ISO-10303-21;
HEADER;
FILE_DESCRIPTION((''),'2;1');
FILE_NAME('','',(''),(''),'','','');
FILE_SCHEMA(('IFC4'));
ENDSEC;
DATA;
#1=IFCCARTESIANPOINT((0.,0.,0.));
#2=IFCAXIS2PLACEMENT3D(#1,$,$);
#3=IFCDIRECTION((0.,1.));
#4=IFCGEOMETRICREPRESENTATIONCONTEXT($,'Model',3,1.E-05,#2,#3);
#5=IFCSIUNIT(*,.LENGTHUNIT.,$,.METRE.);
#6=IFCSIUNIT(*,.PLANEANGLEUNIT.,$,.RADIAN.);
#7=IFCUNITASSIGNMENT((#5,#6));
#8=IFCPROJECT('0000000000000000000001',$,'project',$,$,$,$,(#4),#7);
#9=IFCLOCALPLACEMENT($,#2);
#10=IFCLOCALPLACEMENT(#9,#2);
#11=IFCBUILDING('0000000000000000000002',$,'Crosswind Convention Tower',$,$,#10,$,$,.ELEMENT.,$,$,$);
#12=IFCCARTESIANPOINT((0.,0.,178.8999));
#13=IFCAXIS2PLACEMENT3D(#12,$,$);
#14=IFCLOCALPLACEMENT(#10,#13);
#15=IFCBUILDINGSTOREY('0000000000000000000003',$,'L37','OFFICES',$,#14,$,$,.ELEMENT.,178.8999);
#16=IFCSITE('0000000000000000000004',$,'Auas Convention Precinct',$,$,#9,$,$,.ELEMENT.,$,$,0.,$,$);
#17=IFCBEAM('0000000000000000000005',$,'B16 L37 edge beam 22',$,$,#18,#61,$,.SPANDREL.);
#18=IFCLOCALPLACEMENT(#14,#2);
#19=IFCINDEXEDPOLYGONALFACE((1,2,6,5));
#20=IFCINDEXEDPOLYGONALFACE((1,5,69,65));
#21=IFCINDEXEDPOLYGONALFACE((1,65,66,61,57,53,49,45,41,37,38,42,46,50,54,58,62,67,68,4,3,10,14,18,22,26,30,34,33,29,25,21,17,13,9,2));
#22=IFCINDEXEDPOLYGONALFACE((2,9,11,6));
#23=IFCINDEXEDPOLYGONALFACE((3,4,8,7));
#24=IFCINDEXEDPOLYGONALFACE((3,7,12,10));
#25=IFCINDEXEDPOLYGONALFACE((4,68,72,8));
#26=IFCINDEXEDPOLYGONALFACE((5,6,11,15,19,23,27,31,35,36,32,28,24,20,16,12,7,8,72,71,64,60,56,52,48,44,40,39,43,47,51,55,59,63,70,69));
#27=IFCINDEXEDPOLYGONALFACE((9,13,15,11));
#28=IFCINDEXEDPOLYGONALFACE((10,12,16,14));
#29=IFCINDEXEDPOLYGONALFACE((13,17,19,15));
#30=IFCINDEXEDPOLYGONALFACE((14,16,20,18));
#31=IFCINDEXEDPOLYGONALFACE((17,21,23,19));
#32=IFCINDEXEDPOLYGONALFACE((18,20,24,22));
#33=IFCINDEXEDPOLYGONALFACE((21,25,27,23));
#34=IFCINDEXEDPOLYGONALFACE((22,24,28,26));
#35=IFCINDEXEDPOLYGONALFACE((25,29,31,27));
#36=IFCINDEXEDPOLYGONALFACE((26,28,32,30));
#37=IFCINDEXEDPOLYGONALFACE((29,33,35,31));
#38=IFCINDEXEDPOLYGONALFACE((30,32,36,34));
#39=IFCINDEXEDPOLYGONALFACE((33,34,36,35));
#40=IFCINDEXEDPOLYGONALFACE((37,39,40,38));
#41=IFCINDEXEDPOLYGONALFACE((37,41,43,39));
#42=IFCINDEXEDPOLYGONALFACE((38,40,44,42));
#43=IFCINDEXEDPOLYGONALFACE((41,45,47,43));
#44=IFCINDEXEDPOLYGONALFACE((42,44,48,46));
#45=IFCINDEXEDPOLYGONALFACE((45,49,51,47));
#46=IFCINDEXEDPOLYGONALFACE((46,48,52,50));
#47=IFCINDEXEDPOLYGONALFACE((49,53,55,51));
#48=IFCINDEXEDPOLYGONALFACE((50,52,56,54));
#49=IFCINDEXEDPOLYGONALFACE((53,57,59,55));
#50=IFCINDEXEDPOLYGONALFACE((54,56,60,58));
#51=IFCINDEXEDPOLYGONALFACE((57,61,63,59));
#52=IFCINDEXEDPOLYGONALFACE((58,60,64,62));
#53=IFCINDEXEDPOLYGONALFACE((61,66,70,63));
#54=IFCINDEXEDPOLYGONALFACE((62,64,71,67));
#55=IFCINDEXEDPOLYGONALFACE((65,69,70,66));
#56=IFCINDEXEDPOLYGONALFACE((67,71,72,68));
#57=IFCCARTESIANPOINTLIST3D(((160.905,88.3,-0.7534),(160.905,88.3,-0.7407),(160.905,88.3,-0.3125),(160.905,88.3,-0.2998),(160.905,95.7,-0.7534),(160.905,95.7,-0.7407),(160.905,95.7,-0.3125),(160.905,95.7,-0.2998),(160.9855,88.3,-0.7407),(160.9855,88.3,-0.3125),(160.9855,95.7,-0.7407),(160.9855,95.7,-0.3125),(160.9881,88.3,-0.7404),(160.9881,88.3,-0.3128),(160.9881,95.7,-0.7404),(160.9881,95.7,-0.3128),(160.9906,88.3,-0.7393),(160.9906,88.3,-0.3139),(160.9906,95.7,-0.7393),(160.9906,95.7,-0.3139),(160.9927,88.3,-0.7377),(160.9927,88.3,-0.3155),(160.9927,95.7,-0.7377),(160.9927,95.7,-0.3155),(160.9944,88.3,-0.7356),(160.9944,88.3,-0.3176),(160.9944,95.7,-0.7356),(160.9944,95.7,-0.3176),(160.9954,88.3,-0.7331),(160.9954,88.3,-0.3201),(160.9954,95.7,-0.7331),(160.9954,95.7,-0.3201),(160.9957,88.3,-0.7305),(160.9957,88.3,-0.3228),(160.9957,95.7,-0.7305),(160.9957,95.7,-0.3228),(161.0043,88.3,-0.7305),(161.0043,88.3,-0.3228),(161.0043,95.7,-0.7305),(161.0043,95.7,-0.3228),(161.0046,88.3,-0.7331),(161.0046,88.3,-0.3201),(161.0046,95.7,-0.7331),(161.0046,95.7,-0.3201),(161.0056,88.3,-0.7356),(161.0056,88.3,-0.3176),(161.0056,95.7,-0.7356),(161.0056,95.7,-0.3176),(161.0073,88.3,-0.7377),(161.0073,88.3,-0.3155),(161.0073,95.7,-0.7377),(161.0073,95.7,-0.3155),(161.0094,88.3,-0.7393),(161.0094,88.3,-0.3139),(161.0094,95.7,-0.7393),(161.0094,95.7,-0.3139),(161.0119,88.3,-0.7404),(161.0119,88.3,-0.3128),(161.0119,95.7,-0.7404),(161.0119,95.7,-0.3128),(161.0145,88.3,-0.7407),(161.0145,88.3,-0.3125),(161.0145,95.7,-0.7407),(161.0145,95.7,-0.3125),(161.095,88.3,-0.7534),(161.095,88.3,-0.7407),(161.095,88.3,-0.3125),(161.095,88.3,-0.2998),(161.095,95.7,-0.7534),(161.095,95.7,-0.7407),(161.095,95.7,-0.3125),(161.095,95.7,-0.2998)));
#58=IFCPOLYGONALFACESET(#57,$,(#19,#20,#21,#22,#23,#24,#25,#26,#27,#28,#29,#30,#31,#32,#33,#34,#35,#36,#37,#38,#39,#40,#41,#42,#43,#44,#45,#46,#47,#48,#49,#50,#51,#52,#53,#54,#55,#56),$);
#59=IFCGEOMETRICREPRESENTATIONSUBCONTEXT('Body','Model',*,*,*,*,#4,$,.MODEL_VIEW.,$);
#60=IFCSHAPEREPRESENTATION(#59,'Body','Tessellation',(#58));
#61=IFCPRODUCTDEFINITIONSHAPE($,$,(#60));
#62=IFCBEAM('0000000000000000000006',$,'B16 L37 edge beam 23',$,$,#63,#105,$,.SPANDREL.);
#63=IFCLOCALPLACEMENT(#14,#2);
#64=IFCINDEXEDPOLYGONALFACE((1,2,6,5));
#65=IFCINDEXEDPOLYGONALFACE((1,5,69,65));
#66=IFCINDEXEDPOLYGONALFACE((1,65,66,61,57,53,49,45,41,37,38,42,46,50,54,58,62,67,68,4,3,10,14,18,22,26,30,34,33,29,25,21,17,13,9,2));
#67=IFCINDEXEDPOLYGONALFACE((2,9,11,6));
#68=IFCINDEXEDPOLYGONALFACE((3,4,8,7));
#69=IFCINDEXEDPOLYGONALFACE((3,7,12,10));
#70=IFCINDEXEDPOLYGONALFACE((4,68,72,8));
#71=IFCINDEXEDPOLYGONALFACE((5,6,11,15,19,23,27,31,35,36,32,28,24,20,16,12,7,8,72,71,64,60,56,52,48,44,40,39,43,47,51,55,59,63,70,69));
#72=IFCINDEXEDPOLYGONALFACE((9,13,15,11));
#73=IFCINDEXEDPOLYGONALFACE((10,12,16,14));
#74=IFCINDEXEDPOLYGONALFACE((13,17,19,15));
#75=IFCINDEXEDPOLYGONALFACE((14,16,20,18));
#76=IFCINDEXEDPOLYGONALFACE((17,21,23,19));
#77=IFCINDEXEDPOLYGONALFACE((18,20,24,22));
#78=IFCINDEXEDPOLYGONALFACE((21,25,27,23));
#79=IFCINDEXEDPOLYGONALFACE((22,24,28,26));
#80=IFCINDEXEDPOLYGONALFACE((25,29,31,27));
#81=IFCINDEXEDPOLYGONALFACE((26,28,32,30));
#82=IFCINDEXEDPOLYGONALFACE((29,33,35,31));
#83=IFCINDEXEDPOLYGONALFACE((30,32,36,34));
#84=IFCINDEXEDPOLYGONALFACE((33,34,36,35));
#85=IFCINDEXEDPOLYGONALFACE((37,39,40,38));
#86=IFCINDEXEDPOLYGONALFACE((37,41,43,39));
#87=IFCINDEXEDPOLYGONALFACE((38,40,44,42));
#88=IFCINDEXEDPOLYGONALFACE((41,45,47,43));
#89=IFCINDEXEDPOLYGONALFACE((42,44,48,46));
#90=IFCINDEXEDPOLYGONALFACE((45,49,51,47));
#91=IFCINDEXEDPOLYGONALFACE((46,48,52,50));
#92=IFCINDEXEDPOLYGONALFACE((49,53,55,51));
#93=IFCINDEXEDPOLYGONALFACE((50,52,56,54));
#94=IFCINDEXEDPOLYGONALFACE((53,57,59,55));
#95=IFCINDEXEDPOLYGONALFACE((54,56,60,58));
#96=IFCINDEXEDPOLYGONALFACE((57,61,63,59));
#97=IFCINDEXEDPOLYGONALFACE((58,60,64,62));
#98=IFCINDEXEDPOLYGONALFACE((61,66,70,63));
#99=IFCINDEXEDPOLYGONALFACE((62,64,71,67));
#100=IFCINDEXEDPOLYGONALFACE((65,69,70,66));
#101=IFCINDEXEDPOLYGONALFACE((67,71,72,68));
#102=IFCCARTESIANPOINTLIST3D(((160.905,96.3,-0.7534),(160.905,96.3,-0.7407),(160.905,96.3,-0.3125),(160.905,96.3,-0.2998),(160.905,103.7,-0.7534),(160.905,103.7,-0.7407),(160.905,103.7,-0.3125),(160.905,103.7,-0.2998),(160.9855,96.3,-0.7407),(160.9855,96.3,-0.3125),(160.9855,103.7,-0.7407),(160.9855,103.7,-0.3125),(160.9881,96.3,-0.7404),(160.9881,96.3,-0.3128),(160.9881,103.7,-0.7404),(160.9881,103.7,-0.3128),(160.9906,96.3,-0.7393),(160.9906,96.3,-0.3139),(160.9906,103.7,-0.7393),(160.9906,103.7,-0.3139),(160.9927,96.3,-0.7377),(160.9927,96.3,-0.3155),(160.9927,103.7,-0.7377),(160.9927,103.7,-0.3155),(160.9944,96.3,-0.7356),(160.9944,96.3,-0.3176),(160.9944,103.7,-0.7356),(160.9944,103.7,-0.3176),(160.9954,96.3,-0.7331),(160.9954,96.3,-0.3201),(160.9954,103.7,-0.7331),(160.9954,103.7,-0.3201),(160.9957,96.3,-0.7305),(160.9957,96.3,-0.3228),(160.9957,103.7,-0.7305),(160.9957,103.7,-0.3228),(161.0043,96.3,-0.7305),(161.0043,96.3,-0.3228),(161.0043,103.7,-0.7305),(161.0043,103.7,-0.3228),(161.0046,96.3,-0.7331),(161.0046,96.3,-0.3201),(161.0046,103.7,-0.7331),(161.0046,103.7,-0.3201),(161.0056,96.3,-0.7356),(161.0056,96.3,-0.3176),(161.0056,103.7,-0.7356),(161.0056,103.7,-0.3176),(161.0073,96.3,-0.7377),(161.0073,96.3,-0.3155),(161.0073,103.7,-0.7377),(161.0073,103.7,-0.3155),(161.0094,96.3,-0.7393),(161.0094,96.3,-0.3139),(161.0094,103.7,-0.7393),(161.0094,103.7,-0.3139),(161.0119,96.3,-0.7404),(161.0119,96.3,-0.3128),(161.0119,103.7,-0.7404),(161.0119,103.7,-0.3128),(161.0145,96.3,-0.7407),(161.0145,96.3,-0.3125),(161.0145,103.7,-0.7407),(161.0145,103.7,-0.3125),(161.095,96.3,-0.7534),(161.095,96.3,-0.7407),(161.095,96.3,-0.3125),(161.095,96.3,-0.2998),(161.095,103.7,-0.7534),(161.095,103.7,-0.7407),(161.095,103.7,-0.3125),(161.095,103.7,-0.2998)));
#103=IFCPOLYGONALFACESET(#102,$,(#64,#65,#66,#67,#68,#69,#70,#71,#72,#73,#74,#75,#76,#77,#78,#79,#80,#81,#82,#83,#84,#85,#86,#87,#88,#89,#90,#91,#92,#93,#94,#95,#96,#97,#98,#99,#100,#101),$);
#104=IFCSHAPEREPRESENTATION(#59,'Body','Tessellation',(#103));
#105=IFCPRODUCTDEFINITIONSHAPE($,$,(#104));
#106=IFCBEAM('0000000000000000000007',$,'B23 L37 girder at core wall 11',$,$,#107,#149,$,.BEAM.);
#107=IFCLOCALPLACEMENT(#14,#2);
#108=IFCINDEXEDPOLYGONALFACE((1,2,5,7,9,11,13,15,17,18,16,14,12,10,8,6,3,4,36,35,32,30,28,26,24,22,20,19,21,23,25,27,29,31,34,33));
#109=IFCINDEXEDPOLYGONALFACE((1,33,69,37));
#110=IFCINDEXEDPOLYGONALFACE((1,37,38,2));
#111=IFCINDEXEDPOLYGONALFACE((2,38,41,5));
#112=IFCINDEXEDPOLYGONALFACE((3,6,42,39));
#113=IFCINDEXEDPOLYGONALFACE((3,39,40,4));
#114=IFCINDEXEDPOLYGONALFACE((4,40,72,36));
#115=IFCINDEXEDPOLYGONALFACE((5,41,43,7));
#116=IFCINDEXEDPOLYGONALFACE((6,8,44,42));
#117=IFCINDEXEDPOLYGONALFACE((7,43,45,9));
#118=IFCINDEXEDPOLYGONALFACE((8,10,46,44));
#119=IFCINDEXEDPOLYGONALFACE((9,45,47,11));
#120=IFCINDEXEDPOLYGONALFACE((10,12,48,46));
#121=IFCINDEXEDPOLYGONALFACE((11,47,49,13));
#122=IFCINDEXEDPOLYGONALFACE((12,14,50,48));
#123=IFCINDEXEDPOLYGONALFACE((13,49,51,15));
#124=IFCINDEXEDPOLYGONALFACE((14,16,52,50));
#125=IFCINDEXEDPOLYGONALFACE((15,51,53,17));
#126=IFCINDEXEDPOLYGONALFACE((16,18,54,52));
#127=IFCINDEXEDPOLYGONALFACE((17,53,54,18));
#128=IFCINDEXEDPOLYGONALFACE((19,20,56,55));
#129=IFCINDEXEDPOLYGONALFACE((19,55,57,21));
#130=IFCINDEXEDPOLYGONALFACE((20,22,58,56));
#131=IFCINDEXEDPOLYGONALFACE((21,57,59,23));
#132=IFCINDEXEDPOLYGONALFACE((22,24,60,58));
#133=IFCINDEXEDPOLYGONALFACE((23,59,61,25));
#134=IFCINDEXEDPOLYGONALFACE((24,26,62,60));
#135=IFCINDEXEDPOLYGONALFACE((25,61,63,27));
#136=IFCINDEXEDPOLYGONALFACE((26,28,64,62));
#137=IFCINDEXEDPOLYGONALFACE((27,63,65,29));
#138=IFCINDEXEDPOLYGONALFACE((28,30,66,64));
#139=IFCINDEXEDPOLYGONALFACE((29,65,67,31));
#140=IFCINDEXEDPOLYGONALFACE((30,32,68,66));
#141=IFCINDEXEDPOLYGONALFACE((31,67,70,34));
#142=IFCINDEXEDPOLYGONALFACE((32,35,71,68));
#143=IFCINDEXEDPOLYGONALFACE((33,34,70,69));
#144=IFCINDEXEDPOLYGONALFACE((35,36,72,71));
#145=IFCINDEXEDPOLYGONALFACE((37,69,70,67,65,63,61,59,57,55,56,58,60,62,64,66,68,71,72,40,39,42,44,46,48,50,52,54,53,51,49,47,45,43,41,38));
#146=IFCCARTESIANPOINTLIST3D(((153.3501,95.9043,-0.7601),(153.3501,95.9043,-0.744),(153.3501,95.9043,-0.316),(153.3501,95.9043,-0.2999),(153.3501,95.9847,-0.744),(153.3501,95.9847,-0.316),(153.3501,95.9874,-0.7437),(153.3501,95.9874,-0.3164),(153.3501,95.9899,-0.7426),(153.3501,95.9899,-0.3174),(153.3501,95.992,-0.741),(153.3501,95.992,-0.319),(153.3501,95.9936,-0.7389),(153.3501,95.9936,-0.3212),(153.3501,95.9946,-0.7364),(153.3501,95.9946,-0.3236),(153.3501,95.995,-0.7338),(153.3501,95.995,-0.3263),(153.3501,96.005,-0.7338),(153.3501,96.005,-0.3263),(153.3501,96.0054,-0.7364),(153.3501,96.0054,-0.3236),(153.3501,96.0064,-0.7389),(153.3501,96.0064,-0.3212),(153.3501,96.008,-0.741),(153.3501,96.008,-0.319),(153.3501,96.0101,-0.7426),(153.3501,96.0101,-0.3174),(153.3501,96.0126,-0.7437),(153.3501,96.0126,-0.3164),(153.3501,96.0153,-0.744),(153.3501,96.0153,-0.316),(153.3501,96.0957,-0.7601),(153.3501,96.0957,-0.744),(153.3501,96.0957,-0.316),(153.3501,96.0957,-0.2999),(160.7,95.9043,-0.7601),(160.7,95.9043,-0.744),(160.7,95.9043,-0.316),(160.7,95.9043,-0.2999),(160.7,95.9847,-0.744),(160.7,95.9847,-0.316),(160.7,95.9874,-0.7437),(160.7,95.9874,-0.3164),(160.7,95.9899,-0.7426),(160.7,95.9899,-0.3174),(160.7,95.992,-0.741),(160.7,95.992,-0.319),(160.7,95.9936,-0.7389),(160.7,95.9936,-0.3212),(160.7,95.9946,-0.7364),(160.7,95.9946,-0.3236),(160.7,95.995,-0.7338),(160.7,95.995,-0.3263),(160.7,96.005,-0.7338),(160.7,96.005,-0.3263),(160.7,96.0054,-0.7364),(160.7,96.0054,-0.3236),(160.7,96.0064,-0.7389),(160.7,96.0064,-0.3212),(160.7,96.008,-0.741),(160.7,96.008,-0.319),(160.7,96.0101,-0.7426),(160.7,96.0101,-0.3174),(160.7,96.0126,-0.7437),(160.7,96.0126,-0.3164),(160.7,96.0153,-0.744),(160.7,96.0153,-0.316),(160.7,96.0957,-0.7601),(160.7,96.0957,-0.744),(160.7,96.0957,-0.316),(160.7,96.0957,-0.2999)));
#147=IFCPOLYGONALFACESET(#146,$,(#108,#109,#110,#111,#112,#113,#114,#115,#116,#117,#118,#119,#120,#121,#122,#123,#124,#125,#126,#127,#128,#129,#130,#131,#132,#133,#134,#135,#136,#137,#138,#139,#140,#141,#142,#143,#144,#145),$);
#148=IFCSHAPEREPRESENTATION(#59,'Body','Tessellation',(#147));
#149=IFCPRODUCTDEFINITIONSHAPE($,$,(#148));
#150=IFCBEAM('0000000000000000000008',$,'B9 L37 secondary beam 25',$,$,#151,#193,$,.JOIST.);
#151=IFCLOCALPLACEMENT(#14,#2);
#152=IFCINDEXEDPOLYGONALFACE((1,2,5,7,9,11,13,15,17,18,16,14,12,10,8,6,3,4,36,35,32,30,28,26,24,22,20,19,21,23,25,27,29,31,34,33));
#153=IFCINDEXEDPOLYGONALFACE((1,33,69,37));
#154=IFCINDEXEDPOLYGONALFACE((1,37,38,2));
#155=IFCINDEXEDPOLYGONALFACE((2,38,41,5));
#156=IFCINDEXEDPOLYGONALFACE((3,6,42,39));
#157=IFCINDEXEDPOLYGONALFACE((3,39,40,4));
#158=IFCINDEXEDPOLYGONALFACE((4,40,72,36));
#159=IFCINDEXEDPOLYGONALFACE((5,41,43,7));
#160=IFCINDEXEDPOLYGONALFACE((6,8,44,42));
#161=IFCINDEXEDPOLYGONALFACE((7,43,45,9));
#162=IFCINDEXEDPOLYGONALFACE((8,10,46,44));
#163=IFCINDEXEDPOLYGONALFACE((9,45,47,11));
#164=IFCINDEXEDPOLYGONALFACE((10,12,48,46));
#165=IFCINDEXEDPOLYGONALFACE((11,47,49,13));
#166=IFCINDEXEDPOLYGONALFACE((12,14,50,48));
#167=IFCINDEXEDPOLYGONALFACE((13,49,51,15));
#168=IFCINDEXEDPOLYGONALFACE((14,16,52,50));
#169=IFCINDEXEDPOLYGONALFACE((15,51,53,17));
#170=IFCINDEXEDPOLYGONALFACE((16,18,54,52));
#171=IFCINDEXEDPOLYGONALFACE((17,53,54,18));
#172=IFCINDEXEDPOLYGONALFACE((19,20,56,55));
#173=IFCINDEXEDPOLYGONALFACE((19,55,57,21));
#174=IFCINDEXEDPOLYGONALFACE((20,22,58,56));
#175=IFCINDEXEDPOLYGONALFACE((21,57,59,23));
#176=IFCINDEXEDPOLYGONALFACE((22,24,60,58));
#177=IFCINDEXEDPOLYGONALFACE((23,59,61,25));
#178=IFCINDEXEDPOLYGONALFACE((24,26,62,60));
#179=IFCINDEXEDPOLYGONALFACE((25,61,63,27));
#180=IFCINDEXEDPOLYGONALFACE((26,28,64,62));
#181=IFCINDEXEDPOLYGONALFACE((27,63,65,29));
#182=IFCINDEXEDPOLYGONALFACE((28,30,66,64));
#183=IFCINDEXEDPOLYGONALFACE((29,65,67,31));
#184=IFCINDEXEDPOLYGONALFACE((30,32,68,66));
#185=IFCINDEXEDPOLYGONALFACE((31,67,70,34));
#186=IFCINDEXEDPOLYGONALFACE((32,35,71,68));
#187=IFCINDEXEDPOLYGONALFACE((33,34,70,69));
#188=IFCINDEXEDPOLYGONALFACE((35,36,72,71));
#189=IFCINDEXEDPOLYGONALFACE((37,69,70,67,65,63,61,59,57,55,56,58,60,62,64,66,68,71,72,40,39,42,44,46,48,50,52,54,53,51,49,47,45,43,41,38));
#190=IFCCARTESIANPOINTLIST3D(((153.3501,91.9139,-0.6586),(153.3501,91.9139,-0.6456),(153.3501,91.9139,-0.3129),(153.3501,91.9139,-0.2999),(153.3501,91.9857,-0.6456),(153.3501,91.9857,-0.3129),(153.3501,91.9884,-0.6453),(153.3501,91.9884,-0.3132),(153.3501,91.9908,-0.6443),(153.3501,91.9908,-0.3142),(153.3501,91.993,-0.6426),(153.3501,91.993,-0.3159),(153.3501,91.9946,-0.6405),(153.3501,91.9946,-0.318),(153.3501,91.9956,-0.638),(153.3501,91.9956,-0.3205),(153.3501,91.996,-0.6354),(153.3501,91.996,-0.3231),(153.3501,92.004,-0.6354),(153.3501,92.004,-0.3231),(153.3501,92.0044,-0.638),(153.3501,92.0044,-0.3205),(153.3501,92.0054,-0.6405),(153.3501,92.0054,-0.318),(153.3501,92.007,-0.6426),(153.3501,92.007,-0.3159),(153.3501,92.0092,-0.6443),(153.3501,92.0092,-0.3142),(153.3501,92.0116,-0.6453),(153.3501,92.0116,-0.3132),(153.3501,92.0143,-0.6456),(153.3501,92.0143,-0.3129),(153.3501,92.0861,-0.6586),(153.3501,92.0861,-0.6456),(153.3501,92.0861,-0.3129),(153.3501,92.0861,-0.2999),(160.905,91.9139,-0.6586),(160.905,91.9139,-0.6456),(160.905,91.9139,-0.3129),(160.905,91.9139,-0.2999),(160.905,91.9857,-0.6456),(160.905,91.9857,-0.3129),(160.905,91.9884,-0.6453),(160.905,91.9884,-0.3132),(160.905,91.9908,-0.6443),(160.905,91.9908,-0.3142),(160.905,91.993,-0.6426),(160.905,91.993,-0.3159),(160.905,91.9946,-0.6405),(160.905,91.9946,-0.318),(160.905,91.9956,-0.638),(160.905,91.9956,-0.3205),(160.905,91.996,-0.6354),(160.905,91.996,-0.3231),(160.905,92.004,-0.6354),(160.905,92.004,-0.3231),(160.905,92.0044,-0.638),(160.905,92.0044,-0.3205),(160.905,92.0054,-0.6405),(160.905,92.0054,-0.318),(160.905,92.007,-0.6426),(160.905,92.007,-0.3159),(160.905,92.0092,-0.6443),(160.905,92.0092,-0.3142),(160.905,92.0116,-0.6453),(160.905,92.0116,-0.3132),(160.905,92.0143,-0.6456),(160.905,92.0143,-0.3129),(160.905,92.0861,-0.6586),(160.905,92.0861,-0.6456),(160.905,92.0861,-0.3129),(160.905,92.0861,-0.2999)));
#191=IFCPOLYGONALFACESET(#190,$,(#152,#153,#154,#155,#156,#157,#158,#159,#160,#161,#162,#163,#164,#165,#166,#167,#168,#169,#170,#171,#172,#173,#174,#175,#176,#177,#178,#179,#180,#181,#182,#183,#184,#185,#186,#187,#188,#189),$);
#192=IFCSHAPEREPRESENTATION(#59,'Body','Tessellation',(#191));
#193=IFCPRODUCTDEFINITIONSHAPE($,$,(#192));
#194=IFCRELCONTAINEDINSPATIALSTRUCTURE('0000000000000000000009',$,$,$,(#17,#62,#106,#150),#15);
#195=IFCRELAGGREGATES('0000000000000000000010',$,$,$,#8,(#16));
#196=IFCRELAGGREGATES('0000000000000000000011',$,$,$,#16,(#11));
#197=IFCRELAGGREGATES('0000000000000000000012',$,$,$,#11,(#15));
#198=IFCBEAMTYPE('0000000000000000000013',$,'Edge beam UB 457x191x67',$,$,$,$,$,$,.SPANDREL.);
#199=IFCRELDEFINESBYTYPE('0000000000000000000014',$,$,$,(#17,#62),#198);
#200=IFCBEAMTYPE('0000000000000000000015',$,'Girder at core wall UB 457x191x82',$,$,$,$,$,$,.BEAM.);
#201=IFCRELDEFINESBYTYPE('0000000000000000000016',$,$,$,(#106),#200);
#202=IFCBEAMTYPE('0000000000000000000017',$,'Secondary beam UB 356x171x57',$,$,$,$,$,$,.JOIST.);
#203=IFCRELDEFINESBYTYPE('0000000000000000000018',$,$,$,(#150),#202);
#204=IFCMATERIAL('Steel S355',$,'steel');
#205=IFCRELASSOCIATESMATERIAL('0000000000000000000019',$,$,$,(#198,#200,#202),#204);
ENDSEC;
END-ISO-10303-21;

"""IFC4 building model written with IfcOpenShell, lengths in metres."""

from ifc_helpers import new_model, si_unit, direction, frame, origin, origin_2d, place, context, subcontext, project, spatial, i_section, extrude, material, material_profile, profile_set, type_object, element, save


model = new_model("IFC4")

# Units and contexts
model_context = context("Model", 3, precision=1e-05, world=origin(), true_north=direction((0.0, 1.0)))
body_context = subcontext(model_context, "Body", "Model", "MODEL_VIEW")
ifc_project = project(units=[si_unit("LENGTHUNIT", "METRE"), si_unit("PLANEANGLEUNIT", "RADIAN")], contexts=[model_context])

# Site, building, storey
site_placement = place(None, origin())
site = spatial("IfcSite", under=ifc_project, at=site_placement, Name="Auas Convention Precinct", CompositionType="ELEMENT", RefElevation=0.0)
building_placement = place(site_placement, origin())
building = spatial("IfcBuilding", under=site, at=building_placement, Name="Crosswind Convention Tower", CompositionType="ELEMENT")
storey_placement = place(building_placement, frame((0.0, 0.0, 178.8999)))
storey = spatial("IfcBuildingStorey", under=building, at=storey_placement, Name="L37", Description="OFFICES", CompositionType="ELEMENT", Elevation=178.8999)

# Beams
ifc_material_1 = material(Name="Steel S355", Category="steel")
ifc_material_profile_1 = material_profile(ifc_material_1, i_section(OverallWidth=0.1899, OverallDepth=0.4536, WebThickness=0.0085, FlangeThickness=0.0127, FilletRadius=0.0103, at=origin_2d()), Name="UB 457x191x67")
ifc_profile_set_1 = profile_set([ifc_material_profile_1], Name="Steel S355")
beam_type_1 = type_object("IfcBeamType", Name="Edge beam UB 457x191x67", PredefinedType="SPANDREL", material=ifc_profile_set_1)
for number, where, z_axis, x_axis, name in (
    (1, (161.0, 88.3, -0.5266), (0.0, 1.0, 0.0), (-1.0, 0.0, 0.0), "B16 L37 edge beam 22"),
    (2, (161.0, 96.3, -0.5266), (0.0, 1.0, 0.0), (-1.0, 0.0, 0.0), "B16 L37 edge beam 23"),
):
    element("IfcBeam", number, at=place(storey_placement, frame(where, z_axis=z_axis, x_axis=x_axis)), inside=storey, type_object=beam_type_1, Name=name, PredefinedType="SPANDREL", context=body_context, shape_type="SweptSolid", body=[
        extrude(i_section(OverallWidth=0.1899, OverallDepth=0.4536, WebThickness=0.0085, FlangeThickness=0.0127, FilletRadius=0.0103, at=origin_2d()), origin(), (0.0, 0.0, 1.0), 7.3999),
    ])
ifc_material_profile_2 = material_profile(ifc_material_1, i_section(OverallWidth=0.1914, OverallDepth=0.4602, WebThickness=0.01, FlangeThickness=0.0161, FilletRadius=0.0103, at=origin_2d()), Name="UB 457x191x82")
ifc_profile_set_2 = profile_set([ifc_material_profile_2], Name="Steel S355")
beam_type_2 = type_object("IfcBeamType", Name="Girder at core wall UB 457x191x82", PredefinedType="BEAM", material=ifc_profile_set_2)
beam_1_placement = place(storey_placement, frame((153.3501, 96.0, -0.53), z_axis=(1.0, 0.0, 0.0), x_axis=(0.0, 1.0, 0.0)))
element("IfcBeam", 3, at=beam_1_placement, inside=storey, type_object=beam_type_2, Name="B23 L37 girder at core wall 11", PredefinedType="BEAM", context=body_context, shape_type="SweptSolid", body=[
    extrude(i_section(OverallWidth=0.1914, OverallDepth=0.4602, WebThickness=0.01, FlangeThickness=0.0161, FilletRadius=0.0103, at=origin_2d()), origin(), (0.0, 0.0, 1.0), 7.3499),
])
ifc_material_profile_3 = material_profile(ifc_material_1, i_section(OverallWidth=0.1721, OverallDepth=0.3586, WebThickness=0.0081, FlangeThickness=0.0129, FilletRadius=0.0103, at=origin_2d()), Name="UB 356x171x57")
ifc_profile_set_3 = profile_set([ifc_material_profile_3], Name="Steel S355")
beam_type_3 = type_object("IfcBeamType", Name="Secondary beam UB 356x171x57", PredefinedType="JOIST", material=ifc_profile_set_3)
beam_2_placement = place(storey_placement, frame((153.3501, 92.0, -0.4792), z_axis=(1.0, 0.0, 0.0), x_axis=(0.0, 1.0, 0.0)))
element("IfcBeam", 4, at=beam_2_placement, inside=storey, type_object=beam_type_3, Name="B9 L37 secondary beam 25", PredefinedType="JOIST", context=body_context, shape_type="SweptSolid", body=[
    extrude(i_section(OverallWidth=0.1721, OverallDepth=0.3586, WebThickness=0.0081, FlangeThickness=0.0129, FilletRadius=0.0103, at=origin_2d()), origin(), (0.0, 0.0, 1.0), 7.5549),
])

save(model, "model.ifc")
